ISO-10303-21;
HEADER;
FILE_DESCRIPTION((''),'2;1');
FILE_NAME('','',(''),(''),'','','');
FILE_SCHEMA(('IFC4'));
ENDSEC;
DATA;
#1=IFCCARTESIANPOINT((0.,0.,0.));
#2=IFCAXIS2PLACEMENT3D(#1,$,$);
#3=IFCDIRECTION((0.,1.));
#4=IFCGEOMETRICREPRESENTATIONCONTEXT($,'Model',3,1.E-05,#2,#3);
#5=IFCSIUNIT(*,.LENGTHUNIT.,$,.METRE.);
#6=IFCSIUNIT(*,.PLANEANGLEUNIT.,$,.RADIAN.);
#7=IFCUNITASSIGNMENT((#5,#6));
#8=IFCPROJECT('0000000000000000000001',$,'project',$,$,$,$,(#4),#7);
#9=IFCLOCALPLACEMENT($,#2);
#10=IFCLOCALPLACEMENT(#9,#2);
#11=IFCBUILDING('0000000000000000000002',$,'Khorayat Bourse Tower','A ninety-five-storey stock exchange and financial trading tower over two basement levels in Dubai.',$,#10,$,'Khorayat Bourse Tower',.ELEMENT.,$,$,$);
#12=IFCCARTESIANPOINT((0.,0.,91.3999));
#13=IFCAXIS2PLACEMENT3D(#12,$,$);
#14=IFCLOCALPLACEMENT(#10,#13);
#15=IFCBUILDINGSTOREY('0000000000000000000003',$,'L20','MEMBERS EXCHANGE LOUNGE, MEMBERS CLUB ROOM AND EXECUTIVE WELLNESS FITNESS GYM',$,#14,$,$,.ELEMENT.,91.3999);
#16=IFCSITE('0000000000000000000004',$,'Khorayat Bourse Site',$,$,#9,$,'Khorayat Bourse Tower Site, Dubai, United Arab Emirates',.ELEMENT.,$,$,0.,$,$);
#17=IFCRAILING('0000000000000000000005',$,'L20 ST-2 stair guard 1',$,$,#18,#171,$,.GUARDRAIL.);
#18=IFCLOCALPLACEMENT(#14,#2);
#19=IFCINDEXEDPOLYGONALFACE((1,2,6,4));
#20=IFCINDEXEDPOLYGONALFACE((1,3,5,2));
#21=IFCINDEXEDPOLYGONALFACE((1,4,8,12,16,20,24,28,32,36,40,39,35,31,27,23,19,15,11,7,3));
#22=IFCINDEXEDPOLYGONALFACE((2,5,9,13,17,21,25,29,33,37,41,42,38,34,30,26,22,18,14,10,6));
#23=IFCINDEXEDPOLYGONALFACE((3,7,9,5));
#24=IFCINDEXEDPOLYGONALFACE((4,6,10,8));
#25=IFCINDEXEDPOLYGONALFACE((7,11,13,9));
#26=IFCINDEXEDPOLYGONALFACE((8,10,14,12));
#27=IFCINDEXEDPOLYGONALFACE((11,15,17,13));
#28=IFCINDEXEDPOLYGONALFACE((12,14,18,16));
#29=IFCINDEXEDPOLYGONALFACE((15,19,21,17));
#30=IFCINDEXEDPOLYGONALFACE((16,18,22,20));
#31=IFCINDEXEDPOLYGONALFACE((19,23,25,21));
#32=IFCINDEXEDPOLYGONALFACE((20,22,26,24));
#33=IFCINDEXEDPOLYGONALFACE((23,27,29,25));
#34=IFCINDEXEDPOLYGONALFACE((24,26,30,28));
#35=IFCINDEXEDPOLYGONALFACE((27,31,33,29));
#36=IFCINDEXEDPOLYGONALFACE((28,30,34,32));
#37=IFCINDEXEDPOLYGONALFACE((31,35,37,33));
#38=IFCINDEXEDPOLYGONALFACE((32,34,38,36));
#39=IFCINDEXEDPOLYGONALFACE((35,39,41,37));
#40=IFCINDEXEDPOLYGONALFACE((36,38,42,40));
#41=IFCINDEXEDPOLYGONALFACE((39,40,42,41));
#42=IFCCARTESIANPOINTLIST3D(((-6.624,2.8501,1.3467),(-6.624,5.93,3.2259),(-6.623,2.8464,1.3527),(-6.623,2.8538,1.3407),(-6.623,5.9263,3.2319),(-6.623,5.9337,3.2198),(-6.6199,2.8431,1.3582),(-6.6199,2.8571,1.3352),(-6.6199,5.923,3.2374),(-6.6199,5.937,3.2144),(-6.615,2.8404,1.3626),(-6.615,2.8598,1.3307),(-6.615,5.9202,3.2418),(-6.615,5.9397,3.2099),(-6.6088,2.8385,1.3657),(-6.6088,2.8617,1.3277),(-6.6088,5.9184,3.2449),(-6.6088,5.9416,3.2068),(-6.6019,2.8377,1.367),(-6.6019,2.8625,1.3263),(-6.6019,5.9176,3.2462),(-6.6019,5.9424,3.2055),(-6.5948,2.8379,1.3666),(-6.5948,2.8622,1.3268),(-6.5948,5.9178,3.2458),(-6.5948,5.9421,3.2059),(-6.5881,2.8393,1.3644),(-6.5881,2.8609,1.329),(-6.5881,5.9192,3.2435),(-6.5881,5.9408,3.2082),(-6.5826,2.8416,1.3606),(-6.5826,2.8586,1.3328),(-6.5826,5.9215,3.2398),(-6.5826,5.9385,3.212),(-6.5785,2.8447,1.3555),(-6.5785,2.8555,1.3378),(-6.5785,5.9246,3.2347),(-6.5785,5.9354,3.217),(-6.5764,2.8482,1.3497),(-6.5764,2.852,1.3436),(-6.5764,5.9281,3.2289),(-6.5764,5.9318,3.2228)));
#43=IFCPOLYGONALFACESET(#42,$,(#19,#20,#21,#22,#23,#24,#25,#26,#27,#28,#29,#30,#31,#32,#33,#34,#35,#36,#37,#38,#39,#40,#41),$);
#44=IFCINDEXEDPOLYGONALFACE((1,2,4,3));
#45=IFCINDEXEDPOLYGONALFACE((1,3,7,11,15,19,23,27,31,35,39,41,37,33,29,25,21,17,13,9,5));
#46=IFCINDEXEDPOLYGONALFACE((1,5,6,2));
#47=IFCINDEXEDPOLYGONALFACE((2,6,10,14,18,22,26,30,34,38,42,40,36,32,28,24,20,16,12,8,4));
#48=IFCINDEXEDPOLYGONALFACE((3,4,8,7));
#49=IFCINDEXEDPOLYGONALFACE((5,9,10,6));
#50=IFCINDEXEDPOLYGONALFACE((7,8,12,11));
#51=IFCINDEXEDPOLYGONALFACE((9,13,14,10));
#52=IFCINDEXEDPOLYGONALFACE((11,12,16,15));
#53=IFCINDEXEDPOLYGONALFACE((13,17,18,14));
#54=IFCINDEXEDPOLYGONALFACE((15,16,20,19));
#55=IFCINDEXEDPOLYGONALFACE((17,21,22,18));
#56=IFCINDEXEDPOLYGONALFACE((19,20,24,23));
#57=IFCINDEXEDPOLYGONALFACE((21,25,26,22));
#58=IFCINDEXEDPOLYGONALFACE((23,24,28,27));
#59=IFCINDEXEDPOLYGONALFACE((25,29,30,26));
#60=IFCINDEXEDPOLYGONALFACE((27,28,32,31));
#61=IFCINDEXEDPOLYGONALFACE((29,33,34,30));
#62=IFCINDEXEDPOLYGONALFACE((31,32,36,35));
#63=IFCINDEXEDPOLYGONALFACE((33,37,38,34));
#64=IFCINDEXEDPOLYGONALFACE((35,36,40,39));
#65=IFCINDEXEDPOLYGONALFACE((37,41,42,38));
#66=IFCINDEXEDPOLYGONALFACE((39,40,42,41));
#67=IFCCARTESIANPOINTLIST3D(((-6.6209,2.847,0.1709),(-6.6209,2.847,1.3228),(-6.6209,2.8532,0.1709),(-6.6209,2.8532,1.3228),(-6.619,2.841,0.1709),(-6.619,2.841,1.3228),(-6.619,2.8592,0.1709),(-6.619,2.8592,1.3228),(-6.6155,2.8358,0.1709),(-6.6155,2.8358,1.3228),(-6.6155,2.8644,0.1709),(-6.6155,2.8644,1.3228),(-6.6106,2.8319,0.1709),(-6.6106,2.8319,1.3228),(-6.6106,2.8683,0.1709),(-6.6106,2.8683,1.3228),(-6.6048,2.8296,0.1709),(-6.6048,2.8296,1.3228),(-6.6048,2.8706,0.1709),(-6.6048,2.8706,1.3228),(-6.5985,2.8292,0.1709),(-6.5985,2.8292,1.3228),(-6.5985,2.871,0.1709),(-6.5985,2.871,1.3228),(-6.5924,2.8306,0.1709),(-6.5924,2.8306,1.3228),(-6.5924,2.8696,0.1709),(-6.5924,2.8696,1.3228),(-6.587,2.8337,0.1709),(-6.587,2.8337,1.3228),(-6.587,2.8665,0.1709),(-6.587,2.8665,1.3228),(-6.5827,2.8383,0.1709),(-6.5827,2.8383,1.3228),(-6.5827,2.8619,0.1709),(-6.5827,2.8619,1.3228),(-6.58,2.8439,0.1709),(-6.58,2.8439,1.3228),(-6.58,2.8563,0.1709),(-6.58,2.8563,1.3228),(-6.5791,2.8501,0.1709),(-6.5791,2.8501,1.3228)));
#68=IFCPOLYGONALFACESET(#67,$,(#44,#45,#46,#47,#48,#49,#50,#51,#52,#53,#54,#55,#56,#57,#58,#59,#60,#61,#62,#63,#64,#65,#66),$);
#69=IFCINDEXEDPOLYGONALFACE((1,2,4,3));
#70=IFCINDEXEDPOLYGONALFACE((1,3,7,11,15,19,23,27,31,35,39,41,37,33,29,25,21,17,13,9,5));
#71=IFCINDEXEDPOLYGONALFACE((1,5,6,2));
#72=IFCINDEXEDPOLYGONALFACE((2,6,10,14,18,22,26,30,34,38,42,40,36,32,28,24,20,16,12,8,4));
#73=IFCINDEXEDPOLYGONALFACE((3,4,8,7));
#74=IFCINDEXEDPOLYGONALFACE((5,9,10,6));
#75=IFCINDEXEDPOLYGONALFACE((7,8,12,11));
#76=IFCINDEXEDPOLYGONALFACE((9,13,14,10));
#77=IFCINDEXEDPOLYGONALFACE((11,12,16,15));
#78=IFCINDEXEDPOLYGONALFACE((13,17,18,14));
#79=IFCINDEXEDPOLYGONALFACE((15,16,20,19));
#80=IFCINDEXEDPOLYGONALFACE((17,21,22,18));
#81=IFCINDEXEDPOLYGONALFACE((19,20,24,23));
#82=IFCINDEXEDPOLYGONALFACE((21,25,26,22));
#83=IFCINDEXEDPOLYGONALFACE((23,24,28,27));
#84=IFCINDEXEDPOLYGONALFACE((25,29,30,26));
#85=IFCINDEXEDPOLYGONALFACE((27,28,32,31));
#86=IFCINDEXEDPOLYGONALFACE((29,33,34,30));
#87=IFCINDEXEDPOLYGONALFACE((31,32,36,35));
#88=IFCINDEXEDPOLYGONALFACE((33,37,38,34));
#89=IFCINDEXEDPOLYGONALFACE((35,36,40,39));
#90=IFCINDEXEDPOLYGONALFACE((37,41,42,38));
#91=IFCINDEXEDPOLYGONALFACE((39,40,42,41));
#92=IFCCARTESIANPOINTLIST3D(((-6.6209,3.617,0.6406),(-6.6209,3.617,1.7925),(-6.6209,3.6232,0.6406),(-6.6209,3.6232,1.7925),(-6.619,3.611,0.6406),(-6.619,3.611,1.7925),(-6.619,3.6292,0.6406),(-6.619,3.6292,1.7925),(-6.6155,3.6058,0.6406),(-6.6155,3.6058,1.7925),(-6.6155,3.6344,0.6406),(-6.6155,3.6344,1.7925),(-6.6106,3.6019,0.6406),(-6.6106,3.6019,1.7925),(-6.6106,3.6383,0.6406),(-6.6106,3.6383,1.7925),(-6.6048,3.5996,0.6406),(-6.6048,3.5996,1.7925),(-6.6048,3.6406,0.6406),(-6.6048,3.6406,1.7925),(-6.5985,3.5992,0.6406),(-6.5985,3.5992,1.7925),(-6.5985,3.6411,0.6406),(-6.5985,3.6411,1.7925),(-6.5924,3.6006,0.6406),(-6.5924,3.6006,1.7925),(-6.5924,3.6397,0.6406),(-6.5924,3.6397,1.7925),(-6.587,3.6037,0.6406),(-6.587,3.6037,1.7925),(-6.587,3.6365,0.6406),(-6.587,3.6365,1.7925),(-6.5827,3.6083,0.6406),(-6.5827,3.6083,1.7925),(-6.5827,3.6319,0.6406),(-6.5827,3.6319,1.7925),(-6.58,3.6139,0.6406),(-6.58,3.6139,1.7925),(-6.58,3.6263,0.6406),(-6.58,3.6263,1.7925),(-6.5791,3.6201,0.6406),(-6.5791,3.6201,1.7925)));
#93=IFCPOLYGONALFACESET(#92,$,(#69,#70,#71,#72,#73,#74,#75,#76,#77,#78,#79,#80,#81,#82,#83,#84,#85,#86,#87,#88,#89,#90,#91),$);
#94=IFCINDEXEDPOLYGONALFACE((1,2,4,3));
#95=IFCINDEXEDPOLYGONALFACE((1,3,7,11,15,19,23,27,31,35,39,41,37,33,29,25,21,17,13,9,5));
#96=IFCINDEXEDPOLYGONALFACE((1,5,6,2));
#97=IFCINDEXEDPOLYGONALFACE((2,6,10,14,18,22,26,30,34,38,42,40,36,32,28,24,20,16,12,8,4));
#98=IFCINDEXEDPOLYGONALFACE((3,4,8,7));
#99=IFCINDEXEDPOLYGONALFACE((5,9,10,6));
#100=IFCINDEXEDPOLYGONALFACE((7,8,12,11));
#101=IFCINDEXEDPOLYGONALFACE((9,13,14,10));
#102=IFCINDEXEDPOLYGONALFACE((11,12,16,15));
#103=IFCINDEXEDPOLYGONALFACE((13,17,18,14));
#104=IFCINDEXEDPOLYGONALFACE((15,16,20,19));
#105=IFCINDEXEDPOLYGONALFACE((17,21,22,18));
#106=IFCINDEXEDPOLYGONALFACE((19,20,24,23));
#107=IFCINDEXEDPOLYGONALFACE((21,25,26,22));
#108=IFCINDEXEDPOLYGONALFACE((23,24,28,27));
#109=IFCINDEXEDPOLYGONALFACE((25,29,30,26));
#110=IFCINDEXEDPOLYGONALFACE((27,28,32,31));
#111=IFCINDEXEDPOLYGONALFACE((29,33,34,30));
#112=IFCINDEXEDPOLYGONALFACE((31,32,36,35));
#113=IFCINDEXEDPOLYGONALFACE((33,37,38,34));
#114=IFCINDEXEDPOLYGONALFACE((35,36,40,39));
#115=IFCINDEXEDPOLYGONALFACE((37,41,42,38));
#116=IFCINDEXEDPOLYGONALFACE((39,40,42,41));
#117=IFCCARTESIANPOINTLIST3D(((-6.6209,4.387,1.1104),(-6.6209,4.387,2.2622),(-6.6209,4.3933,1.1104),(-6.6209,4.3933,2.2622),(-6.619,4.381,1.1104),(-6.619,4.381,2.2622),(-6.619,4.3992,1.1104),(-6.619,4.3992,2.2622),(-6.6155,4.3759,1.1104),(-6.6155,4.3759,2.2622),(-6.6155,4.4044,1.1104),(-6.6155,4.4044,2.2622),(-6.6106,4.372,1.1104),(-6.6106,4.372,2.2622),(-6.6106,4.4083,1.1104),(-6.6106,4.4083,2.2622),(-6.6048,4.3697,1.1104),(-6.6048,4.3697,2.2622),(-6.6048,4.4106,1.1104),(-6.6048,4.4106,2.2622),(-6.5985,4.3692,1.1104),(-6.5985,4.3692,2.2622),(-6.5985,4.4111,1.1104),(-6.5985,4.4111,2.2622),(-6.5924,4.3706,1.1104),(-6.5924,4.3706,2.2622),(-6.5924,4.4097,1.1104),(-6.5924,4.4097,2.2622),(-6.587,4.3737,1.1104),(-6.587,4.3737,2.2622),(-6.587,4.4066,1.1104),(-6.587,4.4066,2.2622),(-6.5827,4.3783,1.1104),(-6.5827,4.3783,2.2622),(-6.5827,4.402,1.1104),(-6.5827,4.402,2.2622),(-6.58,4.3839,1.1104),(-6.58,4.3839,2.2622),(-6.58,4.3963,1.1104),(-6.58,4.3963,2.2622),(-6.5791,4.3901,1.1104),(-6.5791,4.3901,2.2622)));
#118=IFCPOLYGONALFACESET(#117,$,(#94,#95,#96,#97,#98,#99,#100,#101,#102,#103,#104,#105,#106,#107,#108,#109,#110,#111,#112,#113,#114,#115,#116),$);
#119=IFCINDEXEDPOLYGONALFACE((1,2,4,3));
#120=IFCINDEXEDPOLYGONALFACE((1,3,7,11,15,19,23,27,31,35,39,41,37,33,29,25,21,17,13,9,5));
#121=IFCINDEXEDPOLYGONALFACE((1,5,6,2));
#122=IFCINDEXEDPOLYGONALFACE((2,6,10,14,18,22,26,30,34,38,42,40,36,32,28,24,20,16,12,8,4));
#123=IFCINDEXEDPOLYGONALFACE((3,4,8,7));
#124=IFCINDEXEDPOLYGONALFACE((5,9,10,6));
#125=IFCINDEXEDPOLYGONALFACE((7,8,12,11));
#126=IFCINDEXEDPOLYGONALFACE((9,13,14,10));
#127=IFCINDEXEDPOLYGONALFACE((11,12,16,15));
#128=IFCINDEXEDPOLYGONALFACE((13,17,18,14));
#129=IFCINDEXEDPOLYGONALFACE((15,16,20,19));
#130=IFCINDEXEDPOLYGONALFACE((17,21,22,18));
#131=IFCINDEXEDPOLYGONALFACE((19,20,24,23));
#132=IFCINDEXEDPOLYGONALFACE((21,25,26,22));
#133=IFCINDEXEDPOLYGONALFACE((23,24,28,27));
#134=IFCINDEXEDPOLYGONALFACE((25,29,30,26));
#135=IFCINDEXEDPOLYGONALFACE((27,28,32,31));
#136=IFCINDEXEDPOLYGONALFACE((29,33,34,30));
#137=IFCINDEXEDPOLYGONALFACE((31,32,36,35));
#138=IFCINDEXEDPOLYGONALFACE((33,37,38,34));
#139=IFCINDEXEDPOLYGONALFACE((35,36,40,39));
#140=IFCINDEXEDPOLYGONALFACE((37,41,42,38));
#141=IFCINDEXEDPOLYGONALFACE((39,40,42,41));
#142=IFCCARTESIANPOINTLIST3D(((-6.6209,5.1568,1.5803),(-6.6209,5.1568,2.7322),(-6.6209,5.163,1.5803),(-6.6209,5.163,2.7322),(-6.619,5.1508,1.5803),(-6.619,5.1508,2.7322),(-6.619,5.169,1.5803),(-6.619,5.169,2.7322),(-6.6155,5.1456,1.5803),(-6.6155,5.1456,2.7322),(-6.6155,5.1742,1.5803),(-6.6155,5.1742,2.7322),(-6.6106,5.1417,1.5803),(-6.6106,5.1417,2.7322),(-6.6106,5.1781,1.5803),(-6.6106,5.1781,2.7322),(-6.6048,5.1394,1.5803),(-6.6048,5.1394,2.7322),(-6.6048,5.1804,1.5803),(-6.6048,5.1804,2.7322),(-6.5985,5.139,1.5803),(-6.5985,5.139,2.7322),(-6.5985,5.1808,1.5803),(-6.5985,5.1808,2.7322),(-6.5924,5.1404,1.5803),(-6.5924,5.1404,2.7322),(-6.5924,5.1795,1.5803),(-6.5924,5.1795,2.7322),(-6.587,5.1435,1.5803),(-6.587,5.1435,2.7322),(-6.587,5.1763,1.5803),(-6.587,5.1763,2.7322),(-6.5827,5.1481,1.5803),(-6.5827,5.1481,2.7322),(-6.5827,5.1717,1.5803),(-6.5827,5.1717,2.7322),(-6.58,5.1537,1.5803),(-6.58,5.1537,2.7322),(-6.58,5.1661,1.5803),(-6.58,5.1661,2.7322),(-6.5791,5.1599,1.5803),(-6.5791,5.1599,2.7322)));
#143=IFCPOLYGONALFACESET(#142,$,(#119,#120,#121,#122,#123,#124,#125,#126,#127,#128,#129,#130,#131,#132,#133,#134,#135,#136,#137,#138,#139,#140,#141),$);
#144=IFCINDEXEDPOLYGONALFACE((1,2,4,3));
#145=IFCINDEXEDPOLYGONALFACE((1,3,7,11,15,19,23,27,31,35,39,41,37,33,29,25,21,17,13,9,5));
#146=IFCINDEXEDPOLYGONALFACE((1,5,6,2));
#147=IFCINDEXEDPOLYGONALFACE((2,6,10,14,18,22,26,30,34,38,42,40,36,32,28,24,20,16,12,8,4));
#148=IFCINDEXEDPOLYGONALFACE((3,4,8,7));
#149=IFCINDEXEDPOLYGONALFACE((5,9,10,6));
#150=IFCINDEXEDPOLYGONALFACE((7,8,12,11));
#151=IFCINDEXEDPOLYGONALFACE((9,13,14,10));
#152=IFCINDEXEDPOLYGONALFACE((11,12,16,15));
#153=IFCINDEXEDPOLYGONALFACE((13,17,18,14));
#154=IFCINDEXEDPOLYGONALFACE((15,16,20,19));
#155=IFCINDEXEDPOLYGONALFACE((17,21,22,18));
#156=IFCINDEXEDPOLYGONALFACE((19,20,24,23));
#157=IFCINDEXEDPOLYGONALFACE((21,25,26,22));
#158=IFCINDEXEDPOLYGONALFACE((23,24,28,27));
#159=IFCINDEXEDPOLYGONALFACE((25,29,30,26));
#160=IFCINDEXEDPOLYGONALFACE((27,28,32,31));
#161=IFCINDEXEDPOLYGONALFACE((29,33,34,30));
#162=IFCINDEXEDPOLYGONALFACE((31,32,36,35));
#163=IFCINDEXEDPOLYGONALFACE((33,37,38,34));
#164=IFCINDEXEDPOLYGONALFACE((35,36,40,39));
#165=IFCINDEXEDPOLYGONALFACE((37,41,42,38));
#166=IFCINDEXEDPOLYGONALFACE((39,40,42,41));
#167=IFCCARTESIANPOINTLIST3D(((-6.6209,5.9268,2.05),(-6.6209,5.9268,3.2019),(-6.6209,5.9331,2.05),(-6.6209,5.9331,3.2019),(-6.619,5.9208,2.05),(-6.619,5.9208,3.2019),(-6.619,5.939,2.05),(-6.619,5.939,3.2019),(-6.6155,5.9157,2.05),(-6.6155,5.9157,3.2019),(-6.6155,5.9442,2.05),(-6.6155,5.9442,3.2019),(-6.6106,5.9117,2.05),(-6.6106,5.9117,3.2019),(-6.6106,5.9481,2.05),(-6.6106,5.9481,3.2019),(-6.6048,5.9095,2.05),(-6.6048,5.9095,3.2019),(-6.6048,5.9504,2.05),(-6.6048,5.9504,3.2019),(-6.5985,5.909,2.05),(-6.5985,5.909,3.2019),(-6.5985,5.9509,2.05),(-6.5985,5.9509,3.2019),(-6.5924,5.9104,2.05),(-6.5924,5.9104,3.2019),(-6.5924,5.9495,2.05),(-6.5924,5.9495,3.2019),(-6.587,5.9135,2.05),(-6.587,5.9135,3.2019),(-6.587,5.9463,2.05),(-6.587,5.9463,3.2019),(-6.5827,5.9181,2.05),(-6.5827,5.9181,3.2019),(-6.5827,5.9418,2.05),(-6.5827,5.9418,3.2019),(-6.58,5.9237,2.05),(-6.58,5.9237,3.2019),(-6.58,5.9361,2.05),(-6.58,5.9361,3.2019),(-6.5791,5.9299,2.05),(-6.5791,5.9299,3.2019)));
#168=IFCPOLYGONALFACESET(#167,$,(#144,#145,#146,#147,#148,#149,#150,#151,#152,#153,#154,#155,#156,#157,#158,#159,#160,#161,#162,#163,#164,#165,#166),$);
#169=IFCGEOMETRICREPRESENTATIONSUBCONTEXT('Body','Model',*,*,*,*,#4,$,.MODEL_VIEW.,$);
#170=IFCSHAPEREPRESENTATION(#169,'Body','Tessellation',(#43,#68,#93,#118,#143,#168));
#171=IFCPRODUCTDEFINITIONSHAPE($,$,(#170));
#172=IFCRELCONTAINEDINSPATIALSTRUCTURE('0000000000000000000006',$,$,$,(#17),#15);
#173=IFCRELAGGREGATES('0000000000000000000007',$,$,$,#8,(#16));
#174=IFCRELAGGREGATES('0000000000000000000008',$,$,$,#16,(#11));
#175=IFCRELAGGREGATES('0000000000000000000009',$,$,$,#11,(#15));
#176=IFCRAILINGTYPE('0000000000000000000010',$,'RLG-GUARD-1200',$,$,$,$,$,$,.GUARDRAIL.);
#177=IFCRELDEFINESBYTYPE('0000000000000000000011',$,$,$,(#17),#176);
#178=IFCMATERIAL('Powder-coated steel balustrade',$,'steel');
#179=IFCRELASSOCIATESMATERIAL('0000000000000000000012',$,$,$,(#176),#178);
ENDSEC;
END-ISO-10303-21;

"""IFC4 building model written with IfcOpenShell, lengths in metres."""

from ifc_helpers import new_model, si_unit, direction, frame, origin, origin_2d, place, context, subcontext, project, spatial, circle, extrude, source, transform, mapped, material, type_object, element, save


model = new_model("IFC4")

# Units and contexts
model_context = context("Model", 3, precision=1e-05, world=origin(), true_north=direction((0.0, 1.0)))
body_context = subcontext(model_context, "Body", "Model", "MODEL_VIEW")
ifc_project = project(units=[si_unit("LENGTHUNIT", "METRE"), si_unit("PLANEANGLEUNIT", "RADIAN")], contexts=[model_context])

# Site, building, storey
site_placement = place(None, origin())
site = spatial("IfcSite", under=ifc_project, at=site_placement, Name="Khorayat Bourse Site", LongName="Khorayat Bourse Tower Site, Dubai, United Arab Emirates", CompositionType="ELEMENT", RefElevation=0.0)
building_placement = place(site_placement, origin())
building = spatial("IfcBuilding", under=site, at=building_placement, Name="Khorayat Bourse Tower", Description="A ninety-five-storey stock exchange and financial trading tower over two basement levels in Dubai.", LongName="Khorayat Bourse Tower", CompositionType="ELEMENT")
storey_placement = place(building_placement, frame((0.0, 0.0, 91.3999)))
storey = spatial("IfcBuildingStorey", under=building, at=storey_placement, Name="L20", Description="MEMBERS EXCHANGE LOUNGE, MEMBERS CLUB ROOM AND EXECUTIVE WELLNESS FITNESS GYM", CompositionType="ELEMENT", Elevation=91.3999)

# Railing
ifc_material_1 = material(Name="Powder-coated steel balustrade", Category="steel")
railing_type_1 = type_object("IfcRailingType", Name="RLG-GUARD-1200", PredefinedType="GUARDRAIL", material=ifc_material_1)
shared_shape_1 = source(origin(), body_context, "Body", "SweptSolid", [
    extrude(circle(Radius=0.0239, at=origin_2d()), frame((0.0, 0.0, 1.1758), z_axis=(0.0, 0.853648, 0.52085), x_axis=(-1.0, 0.0, 0.0)), (0.0, 0.0, 1.0), 3.6079),
    extrude(circle(Radius=0.021, at=origin_2d()), origin(), (0.0, 0.0, 1.0), 1.1519),
    extrude(circle(Radius=0.021, at=origin_2d()), frame((0.0, 0.77, 0.4697)), (0.0, 0.0, 1.0), 1.1519),
    extrude(circle(Radius=0.021, at=origin_2d()), frame((0.0, 1.54, 0.9395)), (0.0, 0.0, 1.0), 1.1519),
    extrude(circle(Radius=0.021, at=origin_2d()), frame((0.0, 2.3098, 1.4094)), (0.0, 0.0, 1.0), 1.1519),
    extrude(circle(Radius=0.021, at=origin_2d()), frame((0.0, 3.0798, 1.8792)), (0.0, 0.0, 1.0), 1.1519),
])
railing_1_placement = place(storey_placement, frame((-6.6001, 2.8501, 0.1709)))
element("IfcRailing", 1, at=railing_1_placement, inside=storey, type_object=railing_type_1, Name="L20 ST-2 stair guard 1", PredefinedType="GUARDRAIL", context=body_context, shape_type="MappedRepresentation", body=[
    mapped(shared_shape_1, transform((0.0, 0.0, 0.0), scale=1.0)),
])

save(model, "model.ifc")
